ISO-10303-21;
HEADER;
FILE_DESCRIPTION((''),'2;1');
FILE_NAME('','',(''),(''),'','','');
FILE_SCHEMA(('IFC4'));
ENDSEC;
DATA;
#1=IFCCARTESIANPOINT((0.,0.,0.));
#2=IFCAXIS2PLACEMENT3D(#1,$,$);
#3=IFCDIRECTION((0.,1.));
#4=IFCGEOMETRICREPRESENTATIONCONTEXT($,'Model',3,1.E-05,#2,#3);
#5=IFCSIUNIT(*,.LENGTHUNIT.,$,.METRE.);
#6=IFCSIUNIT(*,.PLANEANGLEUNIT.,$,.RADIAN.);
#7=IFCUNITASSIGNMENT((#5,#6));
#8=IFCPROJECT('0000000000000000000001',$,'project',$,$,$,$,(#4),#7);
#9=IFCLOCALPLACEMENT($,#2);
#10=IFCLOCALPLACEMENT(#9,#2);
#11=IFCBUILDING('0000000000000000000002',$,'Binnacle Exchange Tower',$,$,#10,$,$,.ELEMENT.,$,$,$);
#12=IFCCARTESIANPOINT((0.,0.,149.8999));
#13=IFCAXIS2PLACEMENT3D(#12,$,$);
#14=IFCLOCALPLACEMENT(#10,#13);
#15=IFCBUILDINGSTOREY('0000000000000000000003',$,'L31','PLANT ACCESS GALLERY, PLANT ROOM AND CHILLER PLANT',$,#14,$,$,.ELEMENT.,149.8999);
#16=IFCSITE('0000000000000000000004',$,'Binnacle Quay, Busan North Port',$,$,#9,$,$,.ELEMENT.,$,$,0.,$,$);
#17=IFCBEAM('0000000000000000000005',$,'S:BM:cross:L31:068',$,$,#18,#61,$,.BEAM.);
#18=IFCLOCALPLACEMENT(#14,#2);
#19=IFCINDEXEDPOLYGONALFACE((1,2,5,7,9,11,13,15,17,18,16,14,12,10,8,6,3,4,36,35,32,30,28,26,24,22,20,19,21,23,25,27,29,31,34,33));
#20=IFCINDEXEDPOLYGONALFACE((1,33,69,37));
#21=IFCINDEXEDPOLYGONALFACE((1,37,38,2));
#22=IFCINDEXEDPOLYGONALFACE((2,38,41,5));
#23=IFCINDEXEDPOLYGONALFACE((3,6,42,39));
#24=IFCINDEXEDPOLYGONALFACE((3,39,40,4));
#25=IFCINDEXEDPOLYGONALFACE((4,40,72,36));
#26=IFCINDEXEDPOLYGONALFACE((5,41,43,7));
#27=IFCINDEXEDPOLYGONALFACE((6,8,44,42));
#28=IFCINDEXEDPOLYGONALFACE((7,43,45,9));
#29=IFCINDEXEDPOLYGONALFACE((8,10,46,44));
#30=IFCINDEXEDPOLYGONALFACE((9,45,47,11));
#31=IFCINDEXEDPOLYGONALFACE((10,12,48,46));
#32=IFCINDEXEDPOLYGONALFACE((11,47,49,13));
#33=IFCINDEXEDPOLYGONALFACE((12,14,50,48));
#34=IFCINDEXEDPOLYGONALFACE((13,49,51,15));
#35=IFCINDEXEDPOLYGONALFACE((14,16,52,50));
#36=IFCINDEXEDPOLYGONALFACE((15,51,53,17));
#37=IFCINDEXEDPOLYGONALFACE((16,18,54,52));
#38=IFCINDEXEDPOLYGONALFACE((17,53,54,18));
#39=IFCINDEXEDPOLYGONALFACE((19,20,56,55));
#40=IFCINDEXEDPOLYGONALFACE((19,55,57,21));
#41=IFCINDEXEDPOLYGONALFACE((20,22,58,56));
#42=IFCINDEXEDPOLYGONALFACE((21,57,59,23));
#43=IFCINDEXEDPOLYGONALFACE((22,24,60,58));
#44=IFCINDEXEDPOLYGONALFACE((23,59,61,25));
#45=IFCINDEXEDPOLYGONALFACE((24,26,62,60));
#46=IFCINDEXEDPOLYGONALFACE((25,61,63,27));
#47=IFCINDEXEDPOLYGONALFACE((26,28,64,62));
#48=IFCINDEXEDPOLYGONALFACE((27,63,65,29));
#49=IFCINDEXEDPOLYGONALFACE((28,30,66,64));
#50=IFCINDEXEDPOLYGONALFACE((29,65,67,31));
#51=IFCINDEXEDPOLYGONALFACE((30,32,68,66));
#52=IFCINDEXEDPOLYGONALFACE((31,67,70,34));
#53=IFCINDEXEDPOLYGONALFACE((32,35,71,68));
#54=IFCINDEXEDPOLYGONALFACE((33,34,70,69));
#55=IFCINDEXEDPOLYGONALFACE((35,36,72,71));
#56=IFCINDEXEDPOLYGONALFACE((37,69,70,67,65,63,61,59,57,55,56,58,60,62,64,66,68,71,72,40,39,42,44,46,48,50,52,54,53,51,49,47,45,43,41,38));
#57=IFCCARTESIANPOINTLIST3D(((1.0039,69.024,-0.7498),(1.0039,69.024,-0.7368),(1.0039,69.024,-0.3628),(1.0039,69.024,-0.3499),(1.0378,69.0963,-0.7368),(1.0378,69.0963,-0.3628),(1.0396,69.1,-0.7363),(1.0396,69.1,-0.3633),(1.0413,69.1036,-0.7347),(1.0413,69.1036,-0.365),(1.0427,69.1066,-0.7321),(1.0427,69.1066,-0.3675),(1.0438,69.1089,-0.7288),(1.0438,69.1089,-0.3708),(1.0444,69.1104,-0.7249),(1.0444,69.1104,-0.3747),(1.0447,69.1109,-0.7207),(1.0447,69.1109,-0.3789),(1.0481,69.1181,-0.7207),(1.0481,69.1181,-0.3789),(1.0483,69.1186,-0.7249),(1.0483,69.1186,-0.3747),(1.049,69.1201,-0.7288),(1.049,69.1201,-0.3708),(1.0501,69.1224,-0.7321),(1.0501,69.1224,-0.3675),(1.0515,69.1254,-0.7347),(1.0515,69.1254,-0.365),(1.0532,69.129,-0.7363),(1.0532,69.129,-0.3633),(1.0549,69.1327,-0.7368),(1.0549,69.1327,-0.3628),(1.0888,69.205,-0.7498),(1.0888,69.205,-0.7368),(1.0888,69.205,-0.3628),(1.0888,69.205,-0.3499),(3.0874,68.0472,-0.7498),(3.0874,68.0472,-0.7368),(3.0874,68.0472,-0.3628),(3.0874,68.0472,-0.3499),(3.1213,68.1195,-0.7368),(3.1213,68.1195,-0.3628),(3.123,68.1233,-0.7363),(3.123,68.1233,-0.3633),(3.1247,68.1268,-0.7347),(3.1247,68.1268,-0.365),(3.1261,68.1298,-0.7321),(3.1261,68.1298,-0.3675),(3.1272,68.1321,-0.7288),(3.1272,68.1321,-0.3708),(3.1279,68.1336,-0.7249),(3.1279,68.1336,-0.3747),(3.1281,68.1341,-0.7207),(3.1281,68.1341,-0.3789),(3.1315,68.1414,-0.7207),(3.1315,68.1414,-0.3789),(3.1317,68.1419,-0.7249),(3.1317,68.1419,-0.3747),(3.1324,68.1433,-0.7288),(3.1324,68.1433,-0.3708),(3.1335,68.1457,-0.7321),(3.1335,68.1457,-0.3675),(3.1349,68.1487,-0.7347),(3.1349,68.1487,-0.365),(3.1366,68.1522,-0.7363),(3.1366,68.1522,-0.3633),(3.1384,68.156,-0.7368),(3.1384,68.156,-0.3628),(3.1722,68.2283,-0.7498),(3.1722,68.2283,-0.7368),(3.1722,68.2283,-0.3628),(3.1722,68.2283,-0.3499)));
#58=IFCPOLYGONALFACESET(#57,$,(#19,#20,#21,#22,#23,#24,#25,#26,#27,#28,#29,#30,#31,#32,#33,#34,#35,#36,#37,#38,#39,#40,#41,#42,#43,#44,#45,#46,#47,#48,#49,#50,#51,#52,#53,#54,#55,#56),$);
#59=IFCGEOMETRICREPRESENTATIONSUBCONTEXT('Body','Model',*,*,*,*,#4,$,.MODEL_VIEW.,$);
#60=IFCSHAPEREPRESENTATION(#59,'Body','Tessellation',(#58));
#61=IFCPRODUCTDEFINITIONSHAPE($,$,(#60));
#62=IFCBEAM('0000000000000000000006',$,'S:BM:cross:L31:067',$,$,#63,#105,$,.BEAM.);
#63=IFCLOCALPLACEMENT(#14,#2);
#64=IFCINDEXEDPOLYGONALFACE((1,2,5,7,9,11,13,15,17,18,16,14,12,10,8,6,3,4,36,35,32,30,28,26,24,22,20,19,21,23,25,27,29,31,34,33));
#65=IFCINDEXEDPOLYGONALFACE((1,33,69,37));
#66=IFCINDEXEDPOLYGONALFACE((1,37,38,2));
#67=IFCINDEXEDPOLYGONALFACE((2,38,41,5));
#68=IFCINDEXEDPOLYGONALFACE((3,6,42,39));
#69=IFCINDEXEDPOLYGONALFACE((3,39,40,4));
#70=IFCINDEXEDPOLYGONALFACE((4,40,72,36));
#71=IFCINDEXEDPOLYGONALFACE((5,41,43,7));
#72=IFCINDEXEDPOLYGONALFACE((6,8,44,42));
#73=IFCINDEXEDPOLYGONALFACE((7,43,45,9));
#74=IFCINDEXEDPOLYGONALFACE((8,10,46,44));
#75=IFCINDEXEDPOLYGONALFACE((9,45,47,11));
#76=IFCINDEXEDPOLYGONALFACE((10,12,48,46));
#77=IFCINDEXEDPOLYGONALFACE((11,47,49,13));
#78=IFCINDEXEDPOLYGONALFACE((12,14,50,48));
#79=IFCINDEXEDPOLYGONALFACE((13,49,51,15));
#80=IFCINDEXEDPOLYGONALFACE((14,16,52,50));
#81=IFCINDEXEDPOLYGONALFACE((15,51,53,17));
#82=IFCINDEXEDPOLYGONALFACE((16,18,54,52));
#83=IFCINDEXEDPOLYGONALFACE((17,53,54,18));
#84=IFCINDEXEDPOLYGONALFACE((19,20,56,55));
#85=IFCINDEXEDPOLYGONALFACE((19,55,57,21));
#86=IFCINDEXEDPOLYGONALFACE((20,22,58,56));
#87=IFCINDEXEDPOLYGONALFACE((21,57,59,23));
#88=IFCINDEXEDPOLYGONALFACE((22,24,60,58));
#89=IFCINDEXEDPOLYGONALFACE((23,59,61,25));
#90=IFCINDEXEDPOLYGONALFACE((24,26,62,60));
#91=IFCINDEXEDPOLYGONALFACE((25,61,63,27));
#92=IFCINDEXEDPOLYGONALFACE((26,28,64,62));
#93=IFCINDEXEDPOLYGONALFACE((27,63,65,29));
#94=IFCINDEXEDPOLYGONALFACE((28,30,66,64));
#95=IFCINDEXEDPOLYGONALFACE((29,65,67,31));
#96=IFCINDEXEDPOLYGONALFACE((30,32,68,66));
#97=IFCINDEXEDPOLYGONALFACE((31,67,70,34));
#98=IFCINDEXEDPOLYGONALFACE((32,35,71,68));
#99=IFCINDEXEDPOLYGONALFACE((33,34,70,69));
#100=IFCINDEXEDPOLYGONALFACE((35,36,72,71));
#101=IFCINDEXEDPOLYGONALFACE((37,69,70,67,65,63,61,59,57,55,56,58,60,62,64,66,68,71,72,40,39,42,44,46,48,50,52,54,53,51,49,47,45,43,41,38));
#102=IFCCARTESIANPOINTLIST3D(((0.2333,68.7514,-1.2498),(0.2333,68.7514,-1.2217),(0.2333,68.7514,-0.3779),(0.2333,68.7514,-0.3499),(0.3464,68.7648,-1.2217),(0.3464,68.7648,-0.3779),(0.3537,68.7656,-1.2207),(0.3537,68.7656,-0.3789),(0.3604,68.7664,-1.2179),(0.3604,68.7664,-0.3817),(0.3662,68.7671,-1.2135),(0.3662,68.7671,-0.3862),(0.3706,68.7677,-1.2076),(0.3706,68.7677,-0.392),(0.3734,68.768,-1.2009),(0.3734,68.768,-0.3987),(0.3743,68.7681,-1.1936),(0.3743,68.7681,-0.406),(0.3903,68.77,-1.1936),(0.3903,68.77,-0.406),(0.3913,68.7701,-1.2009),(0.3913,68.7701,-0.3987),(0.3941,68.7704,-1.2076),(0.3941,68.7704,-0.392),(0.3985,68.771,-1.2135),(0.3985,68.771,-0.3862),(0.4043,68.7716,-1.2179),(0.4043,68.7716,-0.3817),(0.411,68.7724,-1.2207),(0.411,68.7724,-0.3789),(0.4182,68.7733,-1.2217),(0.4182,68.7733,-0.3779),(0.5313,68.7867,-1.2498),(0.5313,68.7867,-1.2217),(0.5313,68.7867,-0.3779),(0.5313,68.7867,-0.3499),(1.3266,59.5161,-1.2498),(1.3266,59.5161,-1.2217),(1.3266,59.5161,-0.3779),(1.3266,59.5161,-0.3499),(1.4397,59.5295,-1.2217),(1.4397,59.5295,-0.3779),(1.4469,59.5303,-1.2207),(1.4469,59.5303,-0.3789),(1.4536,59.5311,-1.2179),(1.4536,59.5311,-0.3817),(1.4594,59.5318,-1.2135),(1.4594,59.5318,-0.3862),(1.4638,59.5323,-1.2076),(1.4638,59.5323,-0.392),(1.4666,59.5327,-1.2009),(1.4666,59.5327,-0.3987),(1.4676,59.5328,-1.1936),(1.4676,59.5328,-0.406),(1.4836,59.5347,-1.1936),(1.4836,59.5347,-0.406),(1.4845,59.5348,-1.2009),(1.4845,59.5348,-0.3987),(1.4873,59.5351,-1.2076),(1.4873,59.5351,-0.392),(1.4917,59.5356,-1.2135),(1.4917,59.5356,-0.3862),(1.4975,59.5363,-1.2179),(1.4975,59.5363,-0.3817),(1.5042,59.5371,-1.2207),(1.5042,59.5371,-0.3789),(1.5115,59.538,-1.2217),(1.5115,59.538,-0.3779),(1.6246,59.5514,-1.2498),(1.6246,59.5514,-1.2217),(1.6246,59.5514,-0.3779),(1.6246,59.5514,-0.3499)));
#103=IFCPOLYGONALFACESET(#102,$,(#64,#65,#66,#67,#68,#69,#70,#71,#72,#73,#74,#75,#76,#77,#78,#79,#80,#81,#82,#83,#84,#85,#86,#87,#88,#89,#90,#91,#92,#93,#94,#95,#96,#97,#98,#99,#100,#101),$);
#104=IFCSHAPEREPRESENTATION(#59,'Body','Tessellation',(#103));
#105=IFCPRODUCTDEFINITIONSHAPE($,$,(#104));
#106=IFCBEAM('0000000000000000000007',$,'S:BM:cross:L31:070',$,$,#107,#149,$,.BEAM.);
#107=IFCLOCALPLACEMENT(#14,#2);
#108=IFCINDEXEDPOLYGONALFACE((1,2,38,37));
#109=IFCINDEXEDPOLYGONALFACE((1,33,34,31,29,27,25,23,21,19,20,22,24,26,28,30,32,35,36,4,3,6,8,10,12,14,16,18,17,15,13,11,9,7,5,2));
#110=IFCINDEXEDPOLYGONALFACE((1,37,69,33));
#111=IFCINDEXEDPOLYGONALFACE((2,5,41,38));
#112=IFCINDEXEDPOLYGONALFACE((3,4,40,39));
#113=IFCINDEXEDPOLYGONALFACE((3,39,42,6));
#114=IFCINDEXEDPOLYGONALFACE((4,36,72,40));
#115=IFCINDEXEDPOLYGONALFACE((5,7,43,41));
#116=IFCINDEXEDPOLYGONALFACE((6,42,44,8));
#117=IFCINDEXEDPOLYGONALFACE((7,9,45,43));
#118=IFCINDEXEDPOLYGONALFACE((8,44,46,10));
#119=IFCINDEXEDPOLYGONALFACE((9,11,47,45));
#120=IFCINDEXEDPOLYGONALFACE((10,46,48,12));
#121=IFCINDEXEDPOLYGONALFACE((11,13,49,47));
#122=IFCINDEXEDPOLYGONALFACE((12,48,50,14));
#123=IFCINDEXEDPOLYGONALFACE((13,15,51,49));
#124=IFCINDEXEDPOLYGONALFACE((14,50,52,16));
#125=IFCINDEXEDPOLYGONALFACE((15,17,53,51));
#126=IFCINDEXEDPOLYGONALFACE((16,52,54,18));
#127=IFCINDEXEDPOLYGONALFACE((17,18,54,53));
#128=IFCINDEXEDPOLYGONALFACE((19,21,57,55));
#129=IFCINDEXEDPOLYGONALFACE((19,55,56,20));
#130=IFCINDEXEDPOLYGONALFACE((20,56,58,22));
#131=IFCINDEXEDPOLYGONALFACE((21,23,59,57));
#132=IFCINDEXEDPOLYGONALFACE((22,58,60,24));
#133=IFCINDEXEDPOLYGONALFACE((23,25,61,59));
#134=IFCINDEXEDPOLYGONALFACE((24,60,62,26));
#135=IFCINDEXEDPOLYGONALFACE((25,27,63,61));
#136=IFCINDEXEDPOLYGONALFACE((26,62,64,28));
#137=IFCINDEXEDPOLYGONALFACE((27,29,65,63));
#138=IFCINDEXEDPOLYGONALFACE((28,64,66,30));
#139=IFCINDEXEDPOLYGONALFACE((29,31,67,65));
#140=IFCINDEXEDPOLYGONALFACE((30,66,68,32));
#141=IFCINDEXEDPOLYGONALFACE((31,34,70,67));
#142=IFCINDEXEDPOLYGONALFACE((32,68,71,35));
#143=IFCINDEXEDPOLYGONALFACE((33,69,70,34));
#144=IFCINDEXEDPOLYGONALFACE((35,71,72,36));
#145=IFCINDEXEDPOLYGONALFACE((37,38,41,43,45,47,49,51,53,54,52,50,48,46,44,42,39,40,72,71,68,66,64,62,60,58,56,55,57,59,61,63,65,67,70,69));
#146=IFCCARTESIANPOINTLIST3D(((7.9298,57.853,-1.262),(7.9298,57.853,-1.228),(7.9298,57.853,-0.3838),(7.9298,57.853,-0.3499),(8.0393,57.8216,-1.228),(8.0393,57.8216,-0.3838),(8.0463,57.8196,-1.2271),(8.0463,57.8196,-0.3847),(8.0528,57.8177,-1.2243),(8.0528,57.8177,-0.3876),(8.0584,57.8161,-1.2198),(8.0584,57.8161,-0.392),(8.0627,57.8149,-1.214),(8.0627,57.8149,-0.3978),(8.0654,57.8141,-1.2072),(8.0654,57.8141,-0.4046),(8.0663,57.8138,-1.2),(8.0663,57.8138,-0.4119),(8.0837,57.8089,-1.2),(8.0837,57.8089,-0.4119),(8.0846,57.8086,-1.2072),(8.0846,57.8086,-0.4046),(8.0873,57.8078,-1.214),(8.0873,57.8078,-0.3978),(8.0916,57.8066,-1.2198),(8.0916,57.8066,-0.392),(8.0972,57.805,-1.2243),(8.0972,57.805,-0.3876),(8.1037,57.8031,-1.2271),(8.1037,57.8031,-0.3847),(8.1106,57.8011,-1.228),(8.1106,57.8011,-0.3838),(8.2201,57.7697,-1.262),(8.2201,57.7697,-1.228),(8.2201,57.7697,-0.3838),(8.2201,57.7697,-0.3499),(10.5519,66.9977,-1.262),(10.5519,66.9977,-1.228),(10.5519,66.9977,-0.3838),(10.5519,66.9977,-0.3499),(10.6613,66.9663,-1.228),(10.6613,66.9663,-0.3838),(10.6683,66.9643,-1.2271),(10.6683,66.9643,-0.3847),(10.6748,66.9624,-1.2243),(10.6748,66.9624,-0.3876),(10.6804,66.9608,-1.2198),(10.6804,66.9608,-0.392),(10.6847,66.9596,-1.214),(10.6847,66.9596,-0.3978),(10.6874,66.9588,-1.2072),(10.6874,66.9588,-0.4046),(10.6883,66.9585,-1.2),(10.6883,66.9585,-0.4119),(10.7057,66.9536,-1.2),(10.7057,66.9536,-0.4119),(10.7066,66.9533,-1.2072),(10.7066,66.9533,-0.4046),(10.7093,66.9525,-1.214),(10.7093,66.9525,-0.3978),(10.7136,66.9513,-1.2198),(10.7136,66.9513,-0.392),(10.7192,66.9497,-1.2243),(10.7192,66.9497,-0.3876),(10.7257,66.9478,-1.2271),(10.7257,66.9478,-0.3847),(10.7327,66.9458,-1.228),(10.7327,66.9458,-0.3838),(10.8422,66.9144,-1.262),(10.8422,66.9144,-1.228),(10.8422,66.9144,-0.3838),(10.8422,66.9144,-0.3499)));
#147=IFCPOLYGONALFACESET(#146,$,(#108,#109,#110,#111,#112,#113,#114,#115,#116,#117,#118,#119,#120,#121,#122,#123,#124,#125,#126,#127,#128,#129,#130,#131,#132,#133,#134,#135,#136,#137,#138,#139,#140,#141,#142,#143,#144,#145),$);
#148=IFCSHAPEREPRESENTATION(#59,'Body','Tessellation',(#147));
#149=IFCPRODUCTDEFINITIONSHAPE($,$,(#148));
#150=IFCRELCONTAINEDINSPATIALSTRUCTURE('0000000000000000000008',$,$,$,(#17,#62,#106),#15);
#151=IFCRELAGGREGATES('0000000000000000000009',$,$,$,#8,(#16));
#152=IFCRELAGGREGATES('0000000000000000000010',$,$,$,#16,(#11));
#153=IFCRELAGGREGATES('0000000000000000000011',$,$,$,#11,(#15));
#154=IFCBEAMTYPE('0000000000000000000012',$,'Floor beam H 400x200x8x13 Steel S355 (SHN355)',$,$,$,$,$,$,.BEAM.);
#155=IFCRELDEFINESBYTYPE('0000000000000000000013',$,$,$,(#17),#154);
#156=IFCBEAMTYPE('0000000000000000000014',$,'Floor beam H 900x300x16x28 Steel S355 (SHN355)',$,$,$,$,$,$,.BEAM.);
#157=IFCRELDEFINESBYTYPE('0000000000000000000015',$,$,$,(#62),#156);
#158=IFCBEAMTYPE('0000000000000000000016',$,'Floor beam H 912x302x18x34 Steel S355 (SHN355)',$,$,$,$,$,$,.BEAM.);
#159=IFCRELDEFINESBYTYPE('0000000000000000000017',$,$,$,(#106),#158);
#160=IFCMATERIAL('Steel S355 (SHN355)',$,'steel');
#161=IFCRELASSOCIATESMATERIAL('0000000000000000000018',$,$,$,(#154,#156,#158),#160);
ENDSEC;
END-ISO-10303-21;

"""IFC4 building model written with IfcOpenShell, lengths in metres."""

from ifc_helpers import new_model, si_unit, direction, frame, origin, origin_2d, place, context, subcontext, project, spatial, i_section, extrude, material, material_profile, profile_set, type_object, element, save


model = new_model("IFC4")

# Units and contexts
model_context = context("Model", 3, precision=1e-05, world=origin(), true_north=direction((0.0, 1.0)))
body_context = subcontext(model_context, "Body", "Model", "MODEL_VIEW")
ifc_project = project(units=[si_unit("LENGTHUNIT", "METRE"), si_unit("PLANEANGLEUNIT", "RADIAN")], contexts=[model_context])

# Site, building, storey
site_placement = place(None, origin())
site = spatial("IfcSite", under=ifc_project, at=site_placement, Name="Binnacle Quay, Busan North Port", CompositionType="ELEMENT", RefElevation=0.0)
building_placement = place(site_placement, origin())
building = spatial("IfcBuilding", under=site, at=building_placement, Name="Binnacle Exchange Tower", CompositionType="ELEMENT")
storey_placement = place(building_placement, frame((0.0, 0.0, 149.8999)))
storey = spatial("IfcBuildingStorey", under=building, at=storey_placement, Name="L31", Description="PLANT ACCESS GALLERY, PLANT ROOM AND CHILLER PLANT", CompositionType="ELEMENT", Elevation=149.8999)

# Shared definitions
ifc_material_1 = material(Name="Steel S355 (SHN355)", Category="steel")

# Beams
ifc_material_profile_1 = material_profile(ifc_material_1, i_section(OverallWidth=0.2, OverallDepth=0.3999, WebThickness=0.0081, FlangeThickness=0.0129, FilletRadius=0.0161, at=origin_2d()), Name="H 400x200x8x13")
ifc_profile_set_1 = profile_set([ifc_material_profile_1], Name="Steel S355 (SHN355)")
beam_type_1 = type_object("IfcBeamType", Name="Floor beam H 400x200x8x13 Steel S355 (SHN355)", PredefinedType="BEAM", material=ifc_profile_set_1)
beam_1_placement = place(storey_placement, frame((1.0464, 69.1145, -0.5498), z_axis=(0.905431, -0.424494, 0.0), x_axis=(0.424494, 0.905431, 0.0)))
element("IfcBeam", 1, at=beam_1_placement, inside=storey, type_object=beam_type_1, Name="S:BM:cross:L31:068", PredefinedType="BEAM", context=body_context, shape_type="SweptSolid", body=[
    extrude(i_section(OverallWidth=0.2, OverallDepth=0.3999, WebThickness=0.0081, FlangeThickness=0.0129, FilletRadius=0.0161, at=origin_2d()), origin(), (0.0, 0.0, 1.0), 2.301),
])
ifc_material_profile_2 = material_profile(ifc_material_1, i_section(OverallWidth=0.3, OverallDepth=0.8999, WebThickness=0.0161, FlangeThickness=0.0281, FilletRadius=0.0281, at=origin_2d()), Name="H 900x300x16x28")
ifc_profile_set_2 = profile_set([ifc_material_profile_2], Name="Steel S355 (SHN355)")
beam_type_2 = type_object("IfcBeamType", Name="Floor beam H 900x300x16x28 Steel S355 (SHN355)", PredefinedType="BEAM", material=ifc_profile_set_2)
beam_2_placement = place(storey_placement, frame((0.3823, 68.769, -0.7998), z_axis=(0.117557, -0.993066, 0.0), x_axis=(0.993066, 0.117557, 0.0)))
element("IfcBeam", 2, at=beam_2_placement, inside=storey, type_object=beam_type_2, Name="S:BM:cross:L31:067", PredefinedType="BEAM", context=body_context, shape_type="SweptSolid", body=[
    extrude(i_section(OverallWidth=0.3, OverallDepth=0.8999, WebThickness=0.0161, FlangeThickness=0.0281, FilletRadius=0.0281, at=origin_2d()), origin(), (0.0, 0.0, 1.0), 9.2998),
])
ifc_material_profile_3 = material_profile(ifc_material_1, i_section(OverallWidth=0.302, OverallDepth=0.9121, WebThickness=0.0181, FlangeThickness=0.0339, FilletRadius=0.0281, at=origin_2d()), Name="H 912x302x18x34")
ifc_profile_set_3 = profile_set([ifc_material_profile_3], Name="Steel S355 (SHN355)")
beam_type_3 = type_object("IfcBeamType", Name="Floor beam H 912x302x18x34 Steel S355 (SHN355)", PredefinedType="BEAM", material=ifc_profile_set_3)
beam_3_placement = place(storey_placement, frame((10.697, 66.9561, -0.8059), z_axis=(-0.275623, -0.961266, 0.0), x_axis=(0.961266, -0.275623, 0.0)))
element("IfcBeam", 3, at=beam_3_placement, inside=storey, type_object=beam_type_3, Name="S:BM:cross:L31:070", PredefinedType="BEAM", context=body_context, shape_type="SweptSolid", body=[
    extrude(i_section(OverallWidth=0.302, OverallDepth=0.9121, WebThickness=0.0181, FlangeThickness=0.0339, FilletRadius=0.0281, at=origin_2d()), origin(), (0.0, 0.0, 1.0), 9.5132),
])

save(model, "model.ifc")
